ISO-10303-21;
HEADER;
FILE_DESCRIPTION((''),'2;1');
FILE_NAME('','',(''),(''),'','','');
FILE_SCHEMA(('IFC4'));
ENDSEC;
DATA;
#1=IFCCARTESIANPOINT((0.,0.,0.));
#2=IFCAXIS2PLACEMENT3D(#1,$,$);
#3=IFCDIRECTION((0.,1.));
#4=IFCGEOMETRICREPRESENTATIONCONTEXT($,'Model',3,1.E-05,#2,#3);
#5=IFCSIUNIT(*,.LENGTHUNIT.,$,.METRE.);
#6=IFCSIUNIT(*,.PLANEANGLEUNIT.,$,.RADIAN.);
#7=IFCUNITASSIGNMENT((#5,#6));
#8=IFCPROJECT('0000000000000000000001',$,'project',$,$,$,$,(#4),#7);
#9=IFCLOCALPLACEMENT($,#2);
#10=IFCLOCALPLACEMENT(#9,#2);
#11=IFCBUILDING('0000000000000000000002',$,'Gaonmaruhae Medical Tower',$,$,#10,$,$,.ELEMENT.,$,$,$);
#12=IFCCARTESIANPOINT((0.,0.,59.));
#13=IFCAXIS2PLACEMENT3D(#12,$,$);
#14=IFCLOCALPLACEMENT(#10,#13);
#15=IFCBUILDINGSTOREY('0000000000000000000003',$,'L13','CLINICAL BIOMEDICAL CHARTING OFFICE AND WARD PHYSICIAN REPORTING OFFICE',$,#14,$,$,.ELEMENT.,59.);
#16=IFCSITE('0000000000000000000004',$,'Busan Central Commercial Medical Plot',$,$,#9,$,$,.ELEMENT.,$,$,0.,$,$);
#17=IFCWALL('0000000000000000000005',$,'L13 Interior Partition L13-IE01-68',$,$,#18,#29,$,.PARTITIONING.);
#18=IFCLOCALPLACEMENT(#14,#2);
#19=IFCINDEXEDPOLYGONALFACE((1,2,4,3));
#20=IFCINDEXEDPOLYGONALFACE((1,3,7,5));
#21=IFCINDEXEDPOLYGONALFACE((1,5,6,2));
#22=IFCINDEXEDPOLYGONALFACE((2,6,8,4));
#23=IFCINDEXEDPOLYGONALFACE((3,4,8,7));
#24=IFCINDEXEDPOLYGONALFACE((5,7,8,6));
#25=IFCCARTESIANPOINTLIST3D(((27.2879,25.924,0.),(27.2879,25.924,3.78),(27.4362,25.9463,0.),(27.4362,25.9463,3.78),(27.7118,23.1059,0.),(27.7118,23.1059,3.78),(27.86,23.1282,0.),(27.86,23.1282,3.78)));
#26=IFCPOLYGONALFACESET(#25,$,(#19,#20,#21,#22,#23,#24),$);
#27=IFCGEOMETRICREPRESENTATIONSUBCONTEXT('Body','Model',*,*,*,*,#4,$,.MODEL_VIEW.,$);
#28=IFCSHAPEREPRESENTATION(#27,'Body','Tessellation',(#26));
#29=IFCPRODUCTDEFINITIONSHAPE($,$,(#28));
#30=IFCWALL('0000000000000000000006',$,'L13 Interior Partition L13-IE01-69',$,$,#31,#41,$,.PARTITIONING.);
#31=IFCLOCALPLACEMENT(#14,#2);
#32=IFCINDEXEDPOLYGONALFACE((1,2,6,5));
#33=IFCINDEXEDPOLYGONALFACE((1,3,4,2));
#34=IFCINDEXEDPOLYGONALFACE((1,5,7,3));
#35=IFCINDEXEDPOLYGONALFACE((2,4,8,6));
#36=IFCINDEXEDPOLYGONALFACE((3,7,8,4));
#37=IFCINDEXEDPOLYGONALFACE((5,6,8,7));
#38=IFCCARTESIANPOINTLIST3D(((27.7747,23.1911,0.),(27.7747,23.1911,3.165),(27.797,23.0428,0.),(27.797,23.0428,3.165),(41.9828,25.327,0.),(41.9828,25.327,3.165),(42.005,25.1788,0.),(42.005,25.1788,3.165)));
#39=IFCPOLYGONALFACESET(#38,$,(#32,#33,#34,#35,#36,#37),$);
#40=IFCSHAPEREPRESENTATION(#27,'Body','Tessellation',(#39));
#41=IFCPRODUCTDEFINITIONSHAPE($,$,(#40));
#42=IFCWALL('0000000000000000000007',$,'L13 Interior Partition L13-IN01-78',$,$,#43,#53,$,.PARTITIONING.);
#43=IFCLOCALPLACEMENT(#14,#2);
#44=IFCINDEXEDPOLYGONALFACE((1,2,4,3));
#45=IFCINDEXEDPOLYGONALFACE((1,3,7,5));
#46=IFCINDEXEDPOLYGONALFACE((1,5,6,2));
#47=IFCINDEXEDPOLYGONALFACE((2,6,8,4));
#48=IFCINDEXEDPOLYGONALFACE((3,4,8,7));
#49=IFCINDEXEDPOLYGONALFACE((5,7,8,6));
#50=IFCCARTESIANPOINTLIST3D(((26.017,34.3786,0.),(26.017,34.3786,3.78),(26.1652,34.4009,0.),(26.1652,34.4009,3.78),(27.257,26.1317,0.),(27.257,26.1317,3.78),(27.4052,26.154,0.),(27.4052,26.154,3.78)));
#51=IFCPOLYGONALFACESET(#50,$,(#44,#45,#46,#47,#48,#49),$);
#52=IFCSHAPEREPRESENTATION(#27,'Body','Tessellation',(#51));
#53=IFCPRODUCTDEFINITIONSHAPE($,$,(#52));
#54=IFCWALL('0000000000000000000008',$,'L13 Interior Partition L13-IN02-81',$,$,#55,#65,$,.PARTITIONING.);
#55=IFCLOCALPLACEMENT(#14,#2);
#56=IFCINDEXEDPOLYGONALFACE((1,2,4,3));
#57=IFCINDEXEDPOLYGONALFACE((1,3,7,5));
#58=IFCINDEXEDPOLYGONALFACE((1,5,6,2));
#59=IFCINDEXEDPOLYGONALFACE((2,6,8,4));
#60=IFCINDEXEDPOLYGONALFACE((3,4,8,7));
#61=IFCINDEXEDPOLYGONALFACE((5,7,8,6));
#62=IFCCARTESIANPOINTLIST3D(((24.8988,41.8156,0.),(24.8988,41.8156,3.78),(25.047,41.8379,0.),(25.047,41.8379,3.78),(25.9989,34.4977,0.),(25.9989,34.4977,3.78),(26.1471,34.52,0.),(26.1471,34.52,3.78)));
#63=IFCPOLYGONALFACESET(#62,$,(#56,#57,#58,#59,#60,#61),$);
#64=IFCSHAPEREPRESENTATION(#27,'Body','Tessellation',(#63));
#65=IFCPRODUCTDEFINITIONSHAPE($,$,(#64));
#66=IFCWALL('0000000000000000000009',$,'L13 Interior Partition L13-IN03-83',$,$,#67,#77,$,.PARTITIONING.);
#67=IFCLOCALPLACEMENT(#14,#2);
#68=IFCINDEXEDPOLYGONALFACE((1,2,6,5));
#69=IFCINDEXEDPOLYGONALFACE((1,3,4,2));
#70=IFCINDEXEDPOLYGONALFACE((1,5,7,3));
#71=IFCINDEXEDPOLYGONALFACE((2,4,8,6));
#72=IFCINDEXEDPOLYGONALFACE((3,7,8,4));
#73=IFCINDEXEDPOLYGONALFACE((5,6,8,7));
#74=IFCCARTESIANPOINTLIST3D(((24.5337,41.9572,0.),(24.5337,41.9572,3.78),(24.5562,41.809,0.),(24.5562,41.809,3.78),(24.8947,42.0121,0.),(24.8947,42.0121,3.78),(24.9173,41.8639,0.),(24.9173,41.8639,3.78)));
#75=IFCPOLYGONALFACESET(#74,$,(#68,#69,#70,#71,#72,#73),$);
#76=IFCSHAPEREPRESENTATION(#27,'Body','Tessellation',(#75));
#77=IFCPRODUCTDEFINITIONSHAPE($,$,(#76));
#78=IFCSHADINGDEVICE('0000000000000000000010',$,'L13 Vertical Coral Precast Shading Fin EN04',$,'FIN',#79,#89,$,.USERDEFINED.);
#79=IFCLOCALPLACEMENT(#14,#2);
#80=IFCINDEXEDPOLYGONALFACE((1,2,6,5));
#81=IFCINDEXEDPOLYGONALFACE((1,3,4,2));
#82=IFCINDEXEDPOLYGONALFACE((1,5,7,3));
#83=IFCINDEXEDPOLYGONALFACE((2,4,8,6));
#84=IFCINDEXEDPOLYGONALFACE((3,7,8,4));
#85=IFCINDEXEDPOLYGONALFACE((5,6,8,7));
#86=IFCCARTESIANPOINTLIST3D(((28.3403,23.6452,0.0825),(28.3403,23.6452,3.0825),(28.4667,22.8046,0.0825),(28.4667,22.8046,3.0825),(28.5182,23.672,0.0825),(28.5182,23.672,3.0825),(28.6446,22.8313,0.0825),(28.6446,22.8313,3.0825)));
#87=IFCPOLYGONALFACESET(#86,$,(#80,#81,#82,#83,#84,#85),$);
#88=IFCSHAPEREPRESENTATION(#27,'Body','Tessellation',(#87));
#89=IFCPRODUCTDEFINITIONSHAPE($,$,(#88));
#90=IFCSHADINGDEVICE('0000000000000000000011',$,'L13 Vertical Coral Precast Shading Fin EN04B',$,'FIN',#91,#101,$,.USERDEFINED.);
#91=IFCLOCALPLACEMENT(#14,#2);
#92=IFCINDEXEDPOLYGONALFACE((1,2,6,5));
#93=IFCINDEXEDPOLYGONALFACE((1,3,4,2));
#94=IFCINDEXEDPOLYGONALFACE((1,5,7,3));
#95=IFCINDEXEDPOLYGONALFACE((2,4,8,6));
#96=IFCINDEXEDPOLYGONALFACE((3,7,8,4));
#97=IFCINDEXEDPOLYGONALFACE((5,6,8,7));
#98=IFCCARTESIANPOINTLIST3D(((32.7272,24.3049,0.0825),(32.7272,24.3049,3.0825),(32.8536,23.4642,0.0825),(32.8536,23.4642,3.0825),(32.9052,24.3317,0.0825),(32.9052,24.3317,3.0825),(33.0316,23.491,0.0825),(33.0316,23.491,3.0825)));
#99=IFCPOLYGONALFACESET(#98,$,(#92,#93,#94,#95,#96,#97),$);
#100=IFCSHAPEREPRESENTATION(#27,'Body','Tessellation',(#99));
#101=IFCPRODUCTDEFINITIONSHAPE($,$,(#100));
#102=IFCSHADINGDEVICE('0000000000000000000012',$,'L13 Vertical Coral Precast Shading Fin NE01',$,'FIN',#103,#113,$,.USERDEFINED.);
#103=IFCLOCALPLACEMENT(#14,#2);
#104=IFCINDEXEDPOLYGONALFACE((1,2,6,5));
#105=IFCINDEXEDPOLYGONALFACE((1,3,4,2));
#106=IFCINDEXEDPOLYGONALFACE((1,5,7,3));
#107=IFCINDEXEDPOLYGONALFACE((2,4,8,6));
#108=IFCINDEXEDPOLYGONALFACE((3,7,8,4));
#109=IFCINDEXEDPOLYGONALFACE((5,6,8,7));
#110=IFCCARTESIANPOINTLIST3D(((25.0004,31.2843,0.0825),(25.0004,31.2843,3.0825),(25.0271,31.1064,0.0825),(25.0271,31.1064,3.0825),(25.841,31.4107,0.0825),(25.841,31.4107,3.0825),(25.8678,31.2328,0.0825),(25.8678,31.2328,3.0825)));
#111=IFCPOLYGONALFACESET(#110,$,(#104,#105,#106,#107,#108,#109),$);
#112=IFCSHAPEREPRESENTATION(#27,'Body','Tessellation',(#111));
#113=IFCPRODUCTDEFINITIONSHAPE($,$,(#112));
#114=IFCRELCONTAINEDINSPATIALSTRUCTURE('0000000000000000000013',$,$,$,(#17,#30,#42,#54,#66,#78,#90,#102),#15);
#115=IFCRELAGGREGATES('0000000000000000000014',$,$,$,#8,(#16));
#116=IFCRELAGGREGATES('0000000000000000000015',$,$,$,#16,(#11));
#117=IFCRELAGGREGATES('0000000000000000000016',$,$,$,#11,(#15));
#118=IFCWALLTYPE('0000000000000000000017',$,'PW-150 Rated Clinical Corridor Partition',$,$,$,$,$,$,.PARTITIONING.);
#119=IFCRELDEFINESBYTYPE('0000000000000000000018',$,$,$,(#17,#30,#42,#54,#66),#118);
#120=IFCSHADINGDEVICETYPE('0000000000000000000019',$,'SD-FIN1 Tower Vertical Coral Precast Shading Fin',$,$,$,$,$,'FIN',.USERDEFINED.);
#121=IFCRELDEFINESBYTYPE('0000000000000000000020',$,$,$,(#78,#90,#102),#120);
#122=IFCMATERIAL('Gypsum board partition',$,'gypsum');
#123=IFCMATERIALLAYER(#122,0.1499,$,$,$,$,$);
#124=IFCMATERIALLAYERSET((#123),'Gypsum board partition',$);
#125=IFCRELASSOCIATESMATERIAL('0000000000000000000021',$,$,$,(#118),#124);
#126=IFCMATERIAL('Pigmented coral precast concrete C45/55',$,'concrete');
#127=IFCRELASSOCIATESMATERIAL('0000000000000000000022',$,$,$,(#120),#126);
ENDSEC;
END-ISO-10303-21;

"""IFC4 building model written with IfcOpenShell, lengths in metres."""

from ifc_helpers import new_model, si_unit, direction, frame, frame_2d, origin, origin_2d, place, context, subcontext, project, spatial, rectangle, extrude, material, layer, layer_set, type_object, element, save


model = new_model("IFC4")

# Units and contexts
model_context = context("Model", 3, precision=1e-05, world=origin(), true_north=direction((0.0, 1.0)))
body_context = subcontext(model_context, "Body", "Model", "MODEL_VIEW")
ifc_project = project(units=[si_unit("LENGTHUNIT", "METRE"), si_unit("PLANEANGLEUNIT", "RADIAN")], contexts=[model_context])

# Site, building, storey
site_placement = place(None, origin())
site = spatial("IfcSite", under=ifc_project, at=site_placement, Name="Busan Central Commercial Medical Plot", CompositionType="ELEMENT", RefElevation=0.0)
building_placement = place(site_placement, origin())
building = spatial("IfcBuilding", under=site, at=building_placement, Name="Gaonmaruhae Medical Tower", CompositionType="ELEMENT")
storey_placement = place(building_placement, frame((0.0, 0.0, 59.0)))
storey = spatial("IfcBuildingStorey", under=building, at=storey_placement, Name="L13", Description="CLINICAL BIOMEDICAL CHARTING OFFICE AND WARD PHYSICIAN REPORTING OFFICE", CompositionType="ELEMENT", Elevation=59.0)

# Walls
ifc_material_1 = material(Name="Gypsum board partition", Category="gypsum")
ifc_layer_1 = layer(ifc_material_1, 0.1499)
ifc_layer_set_1 = layer_set([ifc_layer_1], Name="Gypsum board partition")
wall_type_1 = type_object("IfcWallType", Name="PW-150 Rated Clinical Corridor Partition", PredefinedType="PARTITIONING", material=ifc_layer_set_1)
wall_1_placement = place(storey_placement, frame((27.3621, 25.9351, 0.0), z_axis=(0.0, 0.0, 1.0), x_axis=(0.148722, -0.988879, 0.0)))
element("IfcWall", 1, at=wall_1_placement, inside=storey, type_object=wall_type_1, Name="L13 Interior Partition L13-IE01-68", PredefinedType="PARTITIONING", context=body_context, shape_type="SweptSolid", body=[
    extrude(rectangle(XDim=2.8499, YDim=0.1499, at=frame_2d((1.4248, 0.0))), origin(), (0.0, 0.0, 1.0), 3.78),
])
wall_2_placement = place(storey_placement, frame((27.7859, 23.1169, 0.0), z_axis=(0.0, 0.0, 1.0), x_axis=(0.988887, 0.148666, 0.0)))
element("IfcWall", 2, at=wall_2_placement, inside=storey, type_object=wall_type_1, Name="L13 Interior Partition L13-IE01-69", PredefinedType="PARTITIONING", context=body_context, shape_type="SweptSolid", body=[
    extrude(rectangle(XDim=14.3677, YDim=0.1499, at=frame_2d((7.1838, 0.0))), origin(), (0.0, 0.0, 1.0), 3.165),
])
wall_3_placement = place(storey_placement, frame((26.0911, 34.3899, 0.0), z_axis=(0.0, 0.0, 1.0), x_axis=(0.148688, -0.988884, 0.0)))
element("IfcWall", 3, at=wall_3_placement, inside=storey, type_object=wall_type_1, Name="L13 Interior Partition L13-IN01-78", PredefinedType="PARTITIONING", context=body_context, shape_type="SweptSolid", body=[
    extrude(rectangle(XDim=8.3396, YDim=0.1499, at=frame_2d((4.1699, 0.0))), origin(), (0.0, 0.0, 1.0), 3.78),
])
wall_4_placement = place(storey_placement, frame((24.9729, 41.8269, 0.0), z_axis=(0.0, 0.0, 1.0), x_axis=(0.14866, -0.988888, 0.0)))
element("IfcWall", 4, at=wall_4_placement, inside=storey, type_object=wall_type_1, Name="L13 Interior Partition L13-IN02-81", PredefinedType="PARTITIONING", context=body_context, shape_type="SweptSolid", body=[
    extrude(rectangle(XDim=7.4001, YDim=0.1499, at=frame_2d((3.7002, 0.0))), origin(), (0.0, 0.0, 1.0), 3.78),
])
wall_5_placement = place(storey_placement, frame((24.906, 41.938, 0.0), z_axis=(0.0, 0.0, 1.0), x_axis=(-0.988625, -0.150399, 0.0)))
element("IfcWall", 5, at=wall_5_placement, inside=storey, type_object=wall_type_1, Name="L13 Interior Partition L13-IN03-83", PredefinedType="PARTITIONING", context=body_context, shape_type="SweptSolid", body=[
    extrude(rectangle(XDim=0.3652, YDim=0.1499, at=frame_2d((0.1826, 0.0))), origin(), (0.0, 0.0, 1.0), 3.78),
])

# Shading devices
ifc_material_2 = material(Name="Pigmented coral precast concrete C45/55", Category="concrete")
shading_device_type = type_object("IfcShadingDeviceType", Name="SD-FIN1 Tower Vertical Coral Precast Shading Fin", ElementType="FIN", PredefinedType="USERDEFINED", material=ifc_material_2)
for number, where, z_axis, x_axis, name in (
    (6, (28.4924, 23.2383, 0.0825), (0.0, 0.0, 1.0), (0.988884, 0.14869, 0.0), "L13 Vertical Coral Precast Shading Fin EN04"),
    (7, (32.8794, 23.8979, 0.0825), (0.0, 0.0, 1.0), (0.988884, 0.14869, 0.0), "L13 Vertical Coral Precast Shading Fin EN04B"),
    (8, (25.4341, 31.2585, 0.0825), (0.0, 0.0, 1.0), (-0.148672, 0.988886, 0.0), "L13 Vertical Coral Precast Shading Fin NE01"),
):
    element("IfcShadingDevice", number, at=place(storey_placement, frame(where, z_axis=z_axis, x_axis=x_axis)), inside=storey, type_object=shading_device_type, Name=name, ObjectType="FIN", PredefinedType="USERDEFINED", context=body_context, shape_type="SweptSolid", body=[
        extrude(rectangle(XDim=0.1799, YDim=0.8501, at=origin_2d()), origin(), (0.0, 0.0, 1.0), 3.0),
    ])

save(model, "model.ifc")
